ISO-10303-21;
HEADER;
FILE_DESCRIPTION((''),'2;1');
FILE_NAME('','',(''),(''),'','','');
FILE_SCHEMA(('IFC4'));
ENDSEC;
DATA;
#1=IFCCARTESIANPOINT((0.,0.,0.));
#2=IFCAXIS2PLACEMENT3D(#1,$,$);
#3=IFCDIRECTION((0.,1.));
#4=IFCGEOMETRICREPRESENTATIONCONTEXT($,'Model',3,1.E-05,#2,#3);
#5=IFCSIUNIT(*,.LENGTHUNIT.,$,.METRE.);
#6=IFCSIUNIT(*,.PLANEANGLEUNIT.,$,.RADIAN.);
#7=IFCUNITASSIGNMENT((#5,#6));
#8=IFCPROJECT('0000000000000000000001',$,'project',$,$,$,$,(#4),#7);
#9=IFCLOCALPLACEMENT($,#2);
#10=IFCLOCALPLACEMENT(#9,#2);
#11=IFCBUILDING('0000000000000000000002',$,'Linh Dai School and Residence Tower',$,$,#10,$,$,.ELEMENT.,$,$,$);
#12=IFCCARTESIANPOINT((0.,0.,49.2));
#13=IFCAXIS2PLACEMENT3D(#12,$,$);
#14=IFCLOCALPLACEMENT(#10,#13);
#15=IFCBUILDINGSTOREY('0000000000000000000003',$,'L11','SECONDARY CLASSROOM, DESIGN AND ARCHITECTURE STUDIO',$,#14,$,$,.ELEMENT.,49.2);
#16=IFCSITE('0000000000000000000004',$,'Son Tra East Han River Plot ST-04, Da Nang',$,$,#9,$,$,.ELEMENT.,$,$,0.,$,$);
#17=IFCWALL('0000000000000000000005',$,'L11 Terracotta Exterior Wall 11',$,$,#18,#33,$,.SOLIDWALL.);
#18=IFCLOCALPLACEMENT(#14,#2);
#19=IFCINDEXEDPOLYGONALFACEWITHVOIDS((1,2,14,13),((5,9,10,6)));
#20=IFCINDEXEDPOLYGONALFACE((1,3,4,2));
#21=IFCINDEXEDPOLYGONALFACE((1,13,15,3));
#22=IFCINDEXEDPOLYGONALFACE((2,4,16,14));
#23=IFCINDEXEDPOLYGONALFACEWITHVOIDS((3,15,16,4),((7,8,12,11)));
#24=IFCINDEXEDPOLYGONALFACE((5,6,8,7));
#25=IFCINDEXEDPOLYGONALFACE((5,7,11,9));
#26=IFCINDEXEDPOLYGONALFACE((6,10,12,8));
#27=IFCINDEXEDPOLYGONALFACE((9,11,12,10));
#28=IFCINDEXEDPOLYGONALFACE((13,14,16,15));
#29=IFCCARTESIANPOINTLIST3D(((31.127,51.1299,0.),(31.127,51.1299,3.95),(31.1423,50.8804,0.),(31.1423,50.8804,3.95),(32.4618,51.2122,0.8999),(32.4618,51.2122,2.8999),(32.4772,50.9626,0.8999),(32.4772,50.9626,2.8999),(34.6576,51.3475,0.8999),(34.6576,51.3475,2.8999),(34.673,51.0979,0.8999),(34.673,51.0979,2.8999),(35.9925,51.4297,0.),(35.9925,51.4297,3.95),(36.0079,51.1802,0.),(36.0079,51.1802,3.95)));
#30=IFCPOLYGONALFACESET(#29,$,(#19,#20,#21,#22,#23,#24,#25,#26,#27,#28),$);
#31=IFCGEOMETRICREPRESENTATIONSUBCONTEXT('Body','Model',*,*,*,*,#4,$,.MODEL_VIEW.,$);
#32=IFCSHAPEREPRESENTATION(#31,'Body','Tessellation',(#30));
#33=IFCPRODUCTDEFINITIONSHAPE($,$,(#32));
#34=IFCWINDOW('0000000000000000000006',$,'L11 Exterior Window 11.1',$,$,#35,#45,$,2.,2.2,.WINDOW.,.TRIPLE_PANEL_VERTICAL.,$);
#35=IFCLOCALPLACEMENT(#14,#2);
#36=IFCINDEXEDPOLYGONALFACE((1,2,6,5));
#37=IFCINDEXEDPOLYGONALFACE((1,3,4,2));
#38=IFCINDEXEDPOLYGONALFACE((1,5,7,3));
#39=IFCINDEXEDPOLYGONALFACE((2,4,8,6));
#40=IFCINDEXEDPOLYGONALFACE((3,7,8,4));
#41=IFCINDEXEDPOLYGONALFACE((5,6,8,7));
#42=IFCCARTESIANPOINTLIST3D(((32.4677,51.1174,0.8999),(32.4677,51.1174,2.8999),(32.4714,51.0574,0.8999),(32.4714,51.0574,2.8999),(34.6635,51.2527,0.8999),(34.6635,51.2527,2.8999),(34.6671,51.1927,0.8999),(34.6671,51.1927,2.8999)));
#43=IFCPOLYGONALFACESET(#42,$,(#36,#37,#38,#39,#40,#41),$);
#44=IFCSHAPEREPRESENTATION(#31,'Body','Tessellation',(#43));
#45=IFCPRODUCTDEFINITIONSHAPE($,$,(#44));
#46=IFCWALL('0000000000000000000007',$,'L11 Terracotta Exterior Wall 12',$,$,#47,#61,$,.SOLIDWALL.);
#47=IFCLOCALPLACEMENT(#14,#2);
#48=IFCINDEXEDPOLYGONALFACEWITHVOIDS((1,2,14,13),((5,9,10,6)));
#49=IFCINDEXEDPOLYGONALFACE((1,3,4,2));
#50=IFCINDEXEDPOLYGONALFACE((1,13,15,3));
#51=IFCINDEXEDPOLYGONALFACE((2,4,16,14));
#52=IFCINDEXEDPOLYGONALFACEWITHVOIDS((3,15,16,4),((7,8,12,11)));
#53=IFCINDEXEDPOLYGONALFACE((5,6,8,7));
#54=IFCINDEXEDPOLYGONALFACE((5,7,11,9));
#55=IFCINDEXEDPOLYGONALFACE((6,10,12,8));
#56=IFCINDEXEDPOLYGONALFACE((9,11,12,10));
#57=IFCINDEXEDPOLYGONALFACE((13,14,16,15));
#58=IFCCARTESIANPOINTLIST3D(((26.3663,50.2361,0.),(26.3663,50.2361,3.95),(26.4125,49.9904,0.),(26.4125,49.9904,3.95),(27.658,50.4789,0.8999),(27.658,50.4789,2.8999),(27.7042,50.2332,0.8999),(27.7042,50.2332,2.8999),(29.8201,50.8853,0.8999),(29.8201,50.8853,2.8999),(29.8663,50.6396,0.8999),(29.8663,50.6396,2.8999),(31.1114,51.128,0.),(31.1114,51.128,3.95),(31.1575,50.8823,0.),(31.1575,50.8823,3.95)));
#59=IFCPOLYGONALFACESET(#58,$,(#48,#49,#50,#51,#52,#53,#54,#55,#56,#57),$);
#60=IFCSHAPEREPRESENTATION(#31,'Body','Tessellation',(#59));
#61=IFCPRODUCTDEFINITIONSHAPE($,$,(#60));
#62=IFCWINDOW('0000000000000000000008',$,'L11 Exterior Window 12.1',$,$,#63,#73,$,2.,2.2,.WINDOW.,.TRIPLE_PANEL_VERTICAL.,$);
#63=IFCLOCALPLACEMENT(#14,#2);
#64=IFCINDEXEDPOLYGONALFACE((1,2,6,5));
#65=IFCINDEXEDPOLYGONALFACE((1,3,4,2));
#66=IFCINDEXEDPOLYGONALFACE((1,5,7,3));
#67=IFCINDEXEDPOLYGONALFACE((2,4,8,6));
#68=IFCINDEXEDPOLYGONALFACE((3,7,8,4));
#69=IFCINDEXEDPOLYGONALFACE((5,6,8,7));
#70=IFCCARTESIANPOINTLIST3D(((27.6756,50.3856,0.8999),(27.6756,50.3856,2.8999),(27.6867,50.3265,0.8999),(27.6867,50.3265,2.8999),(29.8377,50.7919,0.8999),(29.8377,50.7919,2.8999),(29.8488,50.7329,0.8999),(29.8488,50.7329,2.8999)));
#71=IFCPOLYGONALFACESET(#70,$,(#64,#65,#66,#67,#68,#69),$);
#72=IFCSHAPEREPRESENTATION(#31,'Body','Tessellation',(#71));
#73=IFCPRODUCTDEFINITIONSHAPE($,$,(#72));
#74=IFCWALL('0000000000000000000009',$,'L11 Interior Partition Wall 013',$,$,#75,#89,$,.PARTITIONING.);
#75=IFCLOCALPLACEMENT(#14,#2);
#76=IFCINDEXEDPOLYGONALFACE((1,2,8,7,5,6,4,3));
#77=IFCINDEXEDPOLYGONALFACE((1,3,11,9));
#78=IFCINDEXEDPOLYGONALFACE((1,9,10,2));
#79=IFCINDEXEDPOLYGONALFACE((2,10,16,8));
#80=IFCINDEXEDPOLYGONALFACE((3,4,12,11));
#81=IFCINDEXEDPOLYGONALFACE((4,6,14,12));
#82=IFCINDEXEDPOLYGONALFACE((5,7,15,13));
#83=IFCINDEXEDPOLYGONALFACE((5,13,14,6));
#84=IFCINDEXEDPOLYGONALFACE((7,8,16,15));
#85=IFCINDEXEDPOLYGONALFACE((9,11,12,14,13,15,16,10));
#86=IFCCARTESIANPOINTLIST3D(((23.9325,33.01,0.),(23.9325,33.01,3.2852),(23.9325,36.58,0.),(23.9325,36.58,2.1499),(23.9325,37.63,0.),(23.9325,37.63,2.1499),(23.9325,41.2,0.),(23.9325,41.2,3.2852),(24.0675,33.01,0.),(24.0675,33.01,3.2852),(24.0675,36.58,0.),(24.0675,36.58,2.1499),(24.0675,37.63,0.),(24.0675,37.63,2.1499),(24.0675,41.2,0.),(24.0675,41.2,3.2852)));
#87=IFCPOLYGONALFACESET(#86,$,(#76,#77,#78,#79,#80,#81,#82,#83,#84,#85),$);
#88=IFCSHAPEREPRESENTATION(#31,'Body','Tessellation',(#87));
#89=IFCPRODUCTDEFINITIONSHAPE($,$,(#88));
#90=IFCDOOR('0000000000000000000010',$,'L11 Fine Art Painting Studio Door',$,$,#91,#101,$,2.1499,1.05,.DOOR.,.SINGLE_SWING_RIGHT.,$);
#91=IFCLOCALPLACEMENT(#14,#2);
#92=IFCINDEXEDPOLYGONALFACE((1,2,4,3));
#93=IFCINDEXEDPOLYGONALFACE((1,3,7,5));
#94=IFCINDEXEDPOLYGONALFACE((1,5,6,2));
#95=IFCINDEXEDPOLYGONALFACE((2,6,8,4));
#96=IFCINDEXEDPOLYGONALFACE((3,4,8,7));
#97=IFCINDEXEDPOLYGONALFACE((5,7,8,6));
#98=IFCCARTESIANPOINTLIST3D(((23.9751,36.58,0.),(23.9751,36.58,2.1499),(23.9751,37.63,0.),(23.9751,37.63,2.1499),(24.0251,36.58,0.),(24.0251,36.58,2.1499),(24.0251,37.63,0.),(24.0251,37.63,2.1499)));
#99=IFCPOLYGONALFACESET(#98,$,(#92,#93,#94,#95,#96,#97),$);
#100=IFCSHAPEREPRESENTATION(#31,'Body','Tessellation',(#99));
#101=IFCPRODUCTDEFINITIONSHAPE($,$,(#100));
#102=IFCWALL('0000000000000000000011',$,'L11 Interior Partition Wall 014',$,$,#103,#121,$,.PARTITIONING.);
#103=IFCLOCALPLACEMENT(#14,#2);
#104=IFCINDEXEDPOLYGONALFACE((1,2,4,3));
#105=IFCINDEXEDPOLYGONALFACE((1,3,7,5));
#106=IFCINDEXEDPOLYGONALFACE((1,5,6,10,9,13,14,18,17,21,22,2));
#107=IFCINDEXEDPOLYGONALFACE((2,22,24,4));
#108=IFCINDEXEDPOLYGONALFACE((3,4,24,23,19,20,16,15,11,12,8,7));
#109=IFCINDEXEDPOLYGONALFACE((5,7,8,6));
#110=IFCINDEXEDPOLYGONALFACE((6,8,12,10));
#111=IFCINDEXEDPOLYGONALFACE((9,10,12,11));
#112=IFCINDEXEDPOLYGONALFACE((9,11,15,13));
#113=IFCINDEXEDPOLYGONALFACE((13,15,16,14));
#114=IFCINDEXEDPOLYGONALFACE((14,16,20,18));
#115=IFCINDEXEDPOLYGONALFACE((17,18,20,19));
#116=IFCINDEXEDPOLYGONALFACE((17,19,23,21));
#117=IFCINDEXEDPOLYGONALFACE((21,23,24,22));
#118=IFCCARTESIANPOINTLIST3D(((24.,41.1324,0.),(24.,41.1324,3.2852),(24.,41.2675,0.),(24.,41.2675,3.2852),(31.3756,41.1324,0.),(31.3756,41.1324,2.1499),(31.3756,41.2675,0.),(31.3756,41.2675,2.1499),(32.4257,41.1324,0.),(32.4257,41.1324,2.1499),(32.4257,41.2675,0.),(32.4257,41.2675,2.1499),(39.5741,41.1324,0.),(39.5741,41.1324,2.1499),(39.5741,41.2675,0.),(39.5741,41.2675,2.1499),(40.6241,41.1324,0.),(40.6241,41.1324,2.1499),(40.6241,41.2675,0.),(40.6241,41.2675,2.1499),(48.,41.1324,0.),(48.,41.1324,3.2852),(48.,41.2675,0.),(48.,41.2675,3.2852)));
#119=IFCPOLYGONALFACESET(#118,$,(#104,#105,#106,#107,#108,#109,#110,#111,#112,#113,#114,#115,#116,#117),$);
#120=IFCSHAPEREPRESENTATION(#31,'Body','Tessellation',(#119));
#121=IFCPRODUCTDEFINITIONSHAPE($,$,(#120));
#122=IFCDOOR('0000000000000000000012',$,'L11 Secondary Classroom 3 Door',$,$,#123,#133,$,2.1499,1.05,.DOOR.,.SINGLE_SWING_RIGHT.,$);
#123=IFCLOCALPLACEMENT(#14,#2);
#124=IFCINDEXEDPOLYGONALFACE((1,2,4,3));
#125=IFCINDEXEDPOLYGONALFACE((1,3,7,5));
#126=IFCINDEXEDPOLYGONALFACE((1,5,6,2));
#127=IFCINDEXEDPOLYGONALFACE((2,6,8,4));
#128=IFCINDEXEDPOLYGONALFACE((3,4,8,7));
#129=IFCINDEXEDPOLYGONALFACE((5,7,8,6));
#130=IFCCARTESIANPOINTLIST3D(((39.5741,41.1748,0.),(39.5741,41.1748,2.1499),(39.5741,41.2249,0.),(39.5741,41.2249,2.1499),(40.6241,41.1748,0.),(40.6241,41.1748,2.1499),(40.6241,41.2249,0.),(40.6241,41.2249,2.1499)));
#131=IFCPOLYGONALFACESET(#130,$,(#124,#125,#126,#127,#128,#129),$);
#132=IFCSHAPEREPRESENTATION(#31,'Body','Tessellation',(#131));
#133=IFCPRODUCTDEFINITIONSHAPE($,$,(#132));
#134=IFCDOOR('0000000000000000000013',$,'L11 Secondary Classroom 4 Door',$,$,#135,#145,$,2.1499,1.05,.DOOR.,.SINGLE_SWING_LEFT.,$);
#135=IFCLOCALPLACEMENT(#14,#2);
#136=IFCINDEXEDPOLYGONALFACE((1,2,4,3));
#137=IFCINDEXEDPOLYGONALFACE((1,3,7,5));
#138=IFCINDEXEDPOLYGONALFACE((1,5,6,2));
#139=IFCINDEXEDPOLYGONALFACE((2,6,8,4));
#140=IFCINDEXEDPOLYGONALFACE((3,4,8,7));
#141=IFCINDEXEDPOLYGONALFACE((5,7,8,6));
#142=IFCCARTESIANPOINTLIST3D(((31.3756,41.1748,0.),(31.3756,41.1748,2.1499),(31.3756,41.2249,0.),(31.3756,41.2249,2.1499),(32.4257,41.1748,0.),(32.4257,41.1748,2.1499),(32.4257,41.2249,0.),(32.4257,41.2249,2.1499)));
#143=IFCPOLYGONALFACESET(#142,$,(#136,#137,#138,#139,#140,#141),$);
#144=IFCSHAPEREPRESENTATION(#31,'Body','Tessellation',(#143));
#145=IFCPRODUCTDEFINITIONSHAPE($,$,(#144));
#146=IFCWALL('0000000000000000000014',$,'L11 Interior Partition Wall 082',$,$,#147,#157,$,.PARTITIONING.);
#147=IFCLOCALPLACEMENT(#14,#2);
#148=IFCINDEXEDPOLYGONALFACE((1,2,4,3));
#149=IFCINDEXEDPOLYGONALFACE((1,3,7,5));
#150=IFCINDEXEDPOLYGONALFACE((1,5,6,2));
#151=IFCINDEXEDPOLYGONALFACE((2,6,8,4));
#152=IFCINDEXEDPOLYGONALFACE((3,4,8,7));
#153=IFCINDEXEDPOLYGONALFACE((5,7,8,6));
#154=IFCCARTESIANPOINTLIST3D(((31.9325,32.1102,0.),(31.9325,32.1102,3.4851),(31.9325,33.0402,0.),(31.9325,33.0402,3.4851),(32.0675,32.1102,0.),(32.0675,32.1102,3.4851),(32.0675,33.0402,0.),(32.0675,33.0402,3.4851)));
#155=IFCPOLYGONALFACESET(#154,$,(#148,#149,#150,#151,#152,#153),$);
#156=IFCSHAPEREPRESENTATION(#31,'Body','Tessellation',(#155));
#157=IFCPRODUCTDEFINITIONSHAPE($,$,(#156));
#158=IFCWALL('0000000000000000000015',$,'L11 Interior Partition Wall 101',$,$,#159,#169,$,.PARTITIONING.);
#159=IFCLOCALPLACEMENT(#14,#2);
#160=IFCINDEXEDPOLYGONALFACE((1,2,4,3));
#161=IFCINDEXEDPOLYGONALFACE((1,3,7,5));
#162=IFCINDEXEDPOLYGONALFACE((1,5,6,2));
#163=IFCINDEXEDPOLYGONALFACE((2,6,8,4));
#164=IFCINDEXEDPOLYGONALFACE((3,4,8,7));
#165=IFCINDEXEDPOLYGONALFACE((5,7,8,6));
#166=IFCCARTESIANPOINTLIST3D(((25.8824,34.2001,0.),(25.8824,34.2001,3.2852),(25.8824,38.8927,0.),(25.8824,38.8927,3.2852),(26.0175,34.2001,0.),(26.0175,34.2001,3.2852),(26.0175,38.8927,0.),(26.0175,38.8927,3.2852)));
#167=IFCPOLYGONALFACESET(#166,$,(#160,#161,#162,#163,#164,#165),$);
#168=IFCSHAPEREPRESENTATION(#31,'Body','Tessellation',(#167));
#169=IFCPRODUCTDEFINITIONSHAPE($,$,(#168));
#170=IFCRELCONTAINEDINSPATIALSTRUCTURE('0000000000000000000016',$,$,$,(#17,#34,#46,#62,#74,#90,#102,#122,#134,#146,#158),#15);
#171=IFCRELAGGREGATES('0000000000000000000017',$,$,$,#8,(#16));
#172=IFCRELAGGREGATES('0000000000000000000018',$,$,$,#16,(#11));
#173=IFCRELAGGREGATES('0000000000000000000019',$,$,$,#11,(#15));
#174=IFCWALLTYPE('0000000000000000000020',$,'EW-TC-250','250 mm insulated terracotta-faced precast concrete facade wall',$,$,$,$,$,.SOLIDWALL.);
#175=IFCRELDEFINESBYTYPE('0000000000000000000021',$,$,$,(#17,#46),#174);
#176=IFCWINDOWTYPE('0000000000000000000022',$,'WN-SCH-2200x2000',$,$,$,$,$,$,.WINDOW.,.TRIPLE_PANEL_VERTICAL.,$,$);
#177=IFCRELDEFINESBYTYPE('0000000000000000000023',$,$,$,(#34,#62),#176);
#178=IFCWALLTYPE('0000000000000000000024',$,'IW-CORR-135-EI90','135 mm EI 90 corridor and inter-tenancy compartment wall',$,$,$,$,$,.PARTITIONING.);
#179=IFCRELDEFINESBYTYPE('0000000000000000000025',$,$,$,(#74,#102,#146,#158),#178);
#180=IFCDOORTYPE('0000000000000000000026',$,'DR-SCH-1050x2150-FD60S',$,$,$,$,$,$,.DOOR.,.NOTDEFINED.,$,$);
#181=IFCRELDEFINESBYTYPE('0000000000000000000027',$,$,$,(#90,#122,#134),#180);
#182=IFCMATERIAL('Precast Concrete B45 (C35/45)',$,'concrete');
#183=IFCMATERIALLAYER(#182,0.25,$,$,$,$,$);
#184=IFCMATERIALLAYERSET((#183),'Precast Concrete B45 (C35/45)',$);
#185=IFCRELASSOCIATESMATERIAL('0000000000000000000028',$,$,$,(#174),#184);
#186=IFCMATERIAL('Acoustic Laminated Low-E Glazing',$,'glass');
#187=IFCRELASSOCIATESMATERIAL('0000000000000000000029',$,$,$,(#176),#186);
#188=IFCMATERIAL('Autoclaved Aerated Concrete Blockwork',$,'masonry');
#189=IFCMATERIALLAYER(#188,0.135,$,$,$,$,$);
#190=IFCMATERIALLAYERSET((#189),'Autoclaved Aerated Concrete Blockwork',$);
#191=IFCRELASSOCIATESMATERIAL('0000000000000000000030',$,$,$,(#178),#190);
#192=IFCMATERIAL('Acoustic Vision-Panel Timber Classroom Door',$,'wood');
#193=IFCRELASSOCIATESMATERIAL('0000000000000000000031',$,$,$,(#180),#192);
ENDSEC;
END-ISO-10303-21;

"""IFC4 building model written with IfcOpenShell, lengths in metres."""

from ifc_helpers import new_model, si_unit, direction, frame, frame_2d, origin, origin_2d, place, context, subcontext, project, spatial, rectangle, extrude, source, transform, mapped, material, layer, layer_set, type_object, element, fill, save


model = new_model("IFC4")

# Units and contexts
model_context = context("Model", 3, precision=1e-05, world=origin(), true_north=direction((0.0, 1.0)))
body_context = subcontext(model_context, "Body", "Model", "MODEL_VIEW")
ifc_project = project(units=[si_unit("LENGTHUNIT", "METRE"), si_unit("PLANEANGLEUNIT", "RADIAN")], contexts=[model_context])

# Site, building, storey
site_placement = place(None, origin())
site = spatial("IfcSite", under=ifc_project, at=site_placement, Name="Son Tra East Han River Plot ST-04, Da Nang", CompositionType="ELEMENT", RefElevation=0.0)
building_placement = place(site_placement, origin())
building = spatial("IfcBuilding", under=site, at=building_placement, Name="Linh Dai School and Residence Tower", CompositionType="ELEMENT")
storey_placement = place(building_placement, frame((0.0, 0.0, 49.2)))
storey = spatial("IfcBuildingStorey", under=building, at=storey_placement, Name="L11", Description="SECONDARY CLASSROOM, DESIGN AND ARCHITECTURE STUDIO", CompositionType="ELEMENT", Elevation=49.2)

# Walls, openings, windows
ifc_material_1 = material(Name="Precast Concrete B45 (C35/45)", Category="concrete")
ifc_layer_1 = layer(ifc_material_1, 0.25)
ifc_layer_set_1 = layer_set([ifc_layer_1], Name="Precast Concrete B45 (C35/45)")
wall_type_1 = type_object("IfcWallType", Name="EW-TC-250", Description="250 mm insulated terracotta-faced precast concrete facade wall", PredefinedType="SOLIDWALL", material=ifc_layer_set_1)
ifc_material_2 = material(Name="Acoustic Laminated Low-E Glazing", Category="glass")
window_type = type_object("IfcWindowType", Name="WN-SCH-2200x2000", PartitioningType="TRIPLE_PANEL_VERTICAL", PredefinedType="WINDOW", material=ifc_material_2)
shared_shape_1 = source(origin(), body_context, "Body", "SweptSolid", [
    extrude(rectangle(XDim=2.2, YDim=2.0, at=origin_2d()), frame((1.1001, 0.03, 1.0), z_axis=(0.0, -1.0, 0.0), x_axis=(1.0, 0.0, 0.0)), (0.0, 0.0, 1.0), 0.0601),
])
wall_1_placement = place(storey_placement, frame((31.1345, 51.0051, 0.0), z_axis=(0.0, 0.0, 1.0), x_axis=(0.998107, 0.061502, 0.0)))
wall_1 = element("IfcWall", 1, at=wall_1_placement, inside=storey, type_object=wall_type_1, Name="L11 Terracotta Exterior Wall 11", PredefinedType="SOLIDWALL", context=body_context, shape_type="SweptSolid", body=[
    extrude(rectangle(XDim=4.8748, YDim=0.25, at=frame_2d((2.4375, 0.0))), origin(), (0.0, 0.0, 1.0), 3.95),
])
opening_1_placement = place(wall_1_placement, frame((1.3374, 0.0, 0.8999)))
opening_1 = element("IfcOpeningElement", 2, at=opening_1_placement, cuts=wall_1, PredefinedType="OPENING", context=body_context, shape_type="SweptSolid", body=[
    extrude(rectangle(XDim=2.2, YDim=2.0, at=origin_2d()), frame((1.1001, 0.135, 1.0), z_axis=(0.0, -1.0, 0.0), x_axis=(1.0, 0.0, 0.0)), (0.0, 0.0, 1.0), 0.27),
])
window_1_placement = place(opening_1_placement, origin())
window_1 = element("IfcWindow", 3, at=window_1_placement, inside=storey, type_object=window_type, Name="L11 Exterior Window 11.1", OverallHeight=2.0, OverallWidth=2.2, PartitioningType="TRIPLE_PANEL_VERTICAL", PredefinedType="WINDOW", context=body_context, shape_type="MappedRepresentation", body=[
    mapped(shared_shape_1, transform((0.0, 0.0, 0.0), x_axis=(1.0, 0.0, 0.0), y_axis=(0.0, 1.0, 0.0), z_axis=(0.0, 0.0, 1.0), scale=1.0)),
])
fill(opening_1, window_1)
wall_2_placement = place(storey_placement, frame((26.3894, 50.1133, 0.0), z_axis=(0.0, 0.0, 1.0), x_axis=(0.982792, 0.184716, 0.0)))
wall_2 = element("IfcWall", 4, at=wall_2_placement, inside=storey, type_object=wall_type_1, Name="L11 Terracotta Exterior Wall 12", PredefinedType="SOLIDWALL", context=body_context, shape_type="SweptSolid", body=[
    extrude(rectangle(XDim=4.8281, YDim=0.25, at=frame_2d((2.4141, 0.0))), origin(), (0.0, 0.0, 1.0), 3.95),
])
opening_2_placement = place(wall_2_placement, frame((1.3142, 0.0, 0.8999)))
opening_2 = element("IfcOpeningElement", 5, at=opening_2_placement, cuts=wall_2, PredefinedType="OPENING", context=body_context, shape_type="SweptSolid", body=[
    extrude(rectangle(XDim=2.2, YDim=2.0, at=origin_2d()), frame((1.1001, 0.135, 1.0), z_axis=(0.0, -1.0, 0.0), x_axis=(1.0, 0.0, 0.0)), (0.0, 0.0, 1.0), 0.27),
])
window_2_placement = place(opening_2_placement, origin())
window_2 = element("IfcWindow", 6, at=window_2_placement, inside=storey, type_object=window_type, Name="L11 Exterior Window 12.1", OverallHeight=2.0, OverallWidth=2.2, PartitioningType="TRIPLE_PANEL_VERTICAL", PredefinedType="WINDOW", context=body_context, shape_type="MappedRepresentation", body=[
    mapped(shared_shape_1, transform((0.0, 0.0, 0.0), x_axis=(1.0, 0.0, 0.0), y_axis=(0.0, 1.0, 0.0), z_axis=(0.0, 0.0, 1.0), scale=1.0)),
])
fill(opening_2, window_2)

# Wall, opening, door
ifc_material_3 = material(Name="Autoclaved Aerated Concrete Blockwork", Category="masonry")
ifc_layer_2 = layer(ifc_material_3, 0.135)
ifc_layer_set_2 = layer_set([ifc_layer_2], Name="Autoclaved Aerated Concrete Blockwork")
wall_type_2 = type_object("IfcWallType", Name="IW-CORR-135-EI90", Description="135 mm EI 90 corridor and inter-tenancy compartment wall", PredefinedType="PARTITIONING", material=ifc_layer_set_2)
wall_3_placement = place(storey_placement, frame((24.0, 33.01, 0.0), z_axis=(0.0, 0.0, 1.0), x_axis=(0.0, 1.0, 0.0)))
wall_3 = element("IfcWall", 7, at=wall_3_placement, inside=storey, type_object=wall_type_2, Name="L11 Interior Partition Wall 013", PredefinedType="PARTITIONING", context=body_context, shape_type="SweptSolid", body=[
    extrude(rectangle(XDim=8.1899, YDim=0.135, at=frame_2d((4.095, 0.0))), origin(), (0.0, 0.0, 1.0), 3.2852),
])
opening_3_placement = place(wall_3_placement, frame((3.5701, 0.0, 0.0)))
opening_3 = element("IfcOpeningElement", 8, at=opening_3_placement, cuts=wall_3, PredefinedType="OPENING", context=body_context, shape_type="SweptSolid", body=[
    extrude(rectangle(XDim=1.05, YDim=2.1499, at=origin_2d()), frame((0.5249, 0.0776, 1.075), z_axis=(0.0, -1.0, 0.0), x_axis=(1.0, 0.0, 0.0)), (0.0, 0.0, 1.0), 0.155),
])
ifc_material_4 = material(Name="Acoustic Vision-Panel Timber Classroom Door", Category="wood")
door_type = type_object("IfcDoorType", Name="DR-SCH-1050x2150-FD60S", OperationType="NOTDEFINED", PredefinedType="DOOR", material=ifc_material_4)
shared_shape_2 = source(origin(), body_context, "Body", "SweptSolid", [
    extrude(rectangle(XDim=1.05, YDim=2.1499, at=origin_2d()), frame((0.5249, 0.0249, 1.075), z_axis=(0.0, -1.0, 0.0), x_axis=(1.0, 0.0, 0.0)), (0.0, 0.0, 1.0), 0.05),
])
door_1_placement = place(opening_3_placement, origin())
door_1 = element("IfcDoor", 9, at=door_1_placement, inside=storey, type_object=door_type, Name="L11 Fine Art Painting Studio Door", OperationType="SINGLE_SWING_RIGHT", OverallHeight=2.1499, OverallWidth=1.05, PredefinedType="DOOR", context=body_context, shape_type="MappedRepresentation", body=[
    mapped(shared_shape_2, transform((0.0, 0.0, 0.0), x_axis=(1.0, 0.0, 0.0), y_axis=(0.0, 1.0, 0.0), z_axis=(0.0, 0.0, 1.0), scale=1.0)),
])
fill(opening_3, door_1)

# Wall, openings, doors
wall_4_placement = place(storey_placement, frame((24.0, 41.2, 0.0), z_axis=(0.0, 0.0, 1.0), x_axis=(1.0, 0.0, 0.0)))
wall_4 = element("IfcWall", 10, at=wall_4_placement, inside=storey, type_object=wall_type_2, Name="L11 Interior Partition Wall 014", PredefinedType="PARTITIONING", context=body_context, shape_type="SweptSolid", body=[
    extrude(rectangle(XDim=24.0, YDim=0.135, at=frame_2d((12.0, 0.0))), origin(), (0.0, 0.0, 1.0), 3.2852),
])
opening_4_placement = place(wall_4_placement, frame((15.5742, 0.0, 0.0)))
opening_4 = element("IfcOpeningElement", 11, at=opening_4_placement, cuts=wall_4, PredefinedType="OPENING", context=body_context, shape_type="SweptSolid", body=[
    extrude(rectangle(XDim=1.05, YDim=2.1499, at=origin_2d()), frame((0.5249, 0.0776, 1.075), z_axis=(0.0, -1.0, 0.0), x_axis=(1.0, 0.0, 0.0)), (0.0, 0.0, 1.0), 0.155),
])
opening_5_placement = place(wall_4_placement, frame((7.3757, 0.0, 0.0)))
opening_5 = element("IfcOpeningElement", 12, at=opening_5_placement, cuts=wall_4, PredefinedType="OPENING", context=body_context, shape_type="SweptSolid", body=[
    extrude(rectangle(XDim=1.05, YDim=2.1499, at=origin_2d()), frame((0.5249, 0.0776, 1.075), z_axis=(0.0, -1.0, 0.0), x_axis=(1.0, 0.0, 0.0)), (0.0, 0.0, 1.0), 0.155),
])
door_2_placement = place(opening_4_placement, origin())
door_2 = element("IfcDoor", 13, at=door_2_placement, inside=storey, type_object=door_type, Name="L11 Secondary Classroom 3 Door", OperationType="SINGLE_SWING_RIGHT", OverallHeight=2.1499, OverallWidth=1.05, PredefinedType="DOOR", context=body_context, shape_type="MappedRepresentation", body=[
    mapped(shared_shape_2, transform((0.0, 0.0, 0.0), x_axis=(1.0, 0.0, 0.0), y_axis=(0.0, 1.0, 0.0), z_axis=(0.0, 0.0, 1.0), scale=1.0)),
])
fill(opening_4, door_2)
door_3_placement = place(opening_5_placement, origin())
door_3 = element("IfcDoor", 14, at=door_3_placement, inside=storey, type_object=door_type, Name="L11 Secondary Classroom 4 Door", OperationType="SINGLE_SWING_LEFT", OverallHeight=2.1499, OverallWidth=1.05, PredefinedType="DOOR", context=body_context, shape_type="MappedRepresentation", body=[
    mapped(shared_shape_2, transform((0.0, 0.0, 0.0), x_axis=(1.0, 0.0, 0.0), y_axis=(0.0, 1.0, 0.0), z_axis=(0.0, 0.0, 1.0), scale=1.0)),
])
fill(opening_5, door_3)

# Walls
wall_5_placement = place(storey_placement, frame((32.0, 33.04, 0.0), z_axis=(0.0, 0.0, 1.0), x_axis=(0.0, -1.0, 0.0)))
element("IfcWall", 15, at=wall_5_placement, inside=storey, type_object=wall_type_2, Name="L11 Interior Partition Wall 082", PredefinedType="PARTITIONING", context=body_context, shape_type="SweptSolid", body=[
    extrude(rectangle(XDim=0.9299, YDim=0.135, at=frame_2d((0.4648, 0.0))), origin(), (0.0, 0.0, 1.0), 3.4851),
])
wall_6_placement = place(storey_placement, frame((25.95, 38.8926, 0.0), z_axis=(0.0, 0.0, 1.0), x_axis=(0.0, -1.0, 0.0)))
element("IfcWall", 16, at=wall_6_placement, inside=storey, type_object=wall_type_2, Name="L11 Interior Partition Wall 101", PredefinedType="PARTITIONING", context=body_context, shape_type="SweptSolid", body=[
    extrude(rectangle(XDim=4.6926, YDim=0.135, at=frame_2d((2.3462, 0.0))), origin(), (0.0, 0.0, 1.0), 3.2852),
])

save(model, "model.ifc")
